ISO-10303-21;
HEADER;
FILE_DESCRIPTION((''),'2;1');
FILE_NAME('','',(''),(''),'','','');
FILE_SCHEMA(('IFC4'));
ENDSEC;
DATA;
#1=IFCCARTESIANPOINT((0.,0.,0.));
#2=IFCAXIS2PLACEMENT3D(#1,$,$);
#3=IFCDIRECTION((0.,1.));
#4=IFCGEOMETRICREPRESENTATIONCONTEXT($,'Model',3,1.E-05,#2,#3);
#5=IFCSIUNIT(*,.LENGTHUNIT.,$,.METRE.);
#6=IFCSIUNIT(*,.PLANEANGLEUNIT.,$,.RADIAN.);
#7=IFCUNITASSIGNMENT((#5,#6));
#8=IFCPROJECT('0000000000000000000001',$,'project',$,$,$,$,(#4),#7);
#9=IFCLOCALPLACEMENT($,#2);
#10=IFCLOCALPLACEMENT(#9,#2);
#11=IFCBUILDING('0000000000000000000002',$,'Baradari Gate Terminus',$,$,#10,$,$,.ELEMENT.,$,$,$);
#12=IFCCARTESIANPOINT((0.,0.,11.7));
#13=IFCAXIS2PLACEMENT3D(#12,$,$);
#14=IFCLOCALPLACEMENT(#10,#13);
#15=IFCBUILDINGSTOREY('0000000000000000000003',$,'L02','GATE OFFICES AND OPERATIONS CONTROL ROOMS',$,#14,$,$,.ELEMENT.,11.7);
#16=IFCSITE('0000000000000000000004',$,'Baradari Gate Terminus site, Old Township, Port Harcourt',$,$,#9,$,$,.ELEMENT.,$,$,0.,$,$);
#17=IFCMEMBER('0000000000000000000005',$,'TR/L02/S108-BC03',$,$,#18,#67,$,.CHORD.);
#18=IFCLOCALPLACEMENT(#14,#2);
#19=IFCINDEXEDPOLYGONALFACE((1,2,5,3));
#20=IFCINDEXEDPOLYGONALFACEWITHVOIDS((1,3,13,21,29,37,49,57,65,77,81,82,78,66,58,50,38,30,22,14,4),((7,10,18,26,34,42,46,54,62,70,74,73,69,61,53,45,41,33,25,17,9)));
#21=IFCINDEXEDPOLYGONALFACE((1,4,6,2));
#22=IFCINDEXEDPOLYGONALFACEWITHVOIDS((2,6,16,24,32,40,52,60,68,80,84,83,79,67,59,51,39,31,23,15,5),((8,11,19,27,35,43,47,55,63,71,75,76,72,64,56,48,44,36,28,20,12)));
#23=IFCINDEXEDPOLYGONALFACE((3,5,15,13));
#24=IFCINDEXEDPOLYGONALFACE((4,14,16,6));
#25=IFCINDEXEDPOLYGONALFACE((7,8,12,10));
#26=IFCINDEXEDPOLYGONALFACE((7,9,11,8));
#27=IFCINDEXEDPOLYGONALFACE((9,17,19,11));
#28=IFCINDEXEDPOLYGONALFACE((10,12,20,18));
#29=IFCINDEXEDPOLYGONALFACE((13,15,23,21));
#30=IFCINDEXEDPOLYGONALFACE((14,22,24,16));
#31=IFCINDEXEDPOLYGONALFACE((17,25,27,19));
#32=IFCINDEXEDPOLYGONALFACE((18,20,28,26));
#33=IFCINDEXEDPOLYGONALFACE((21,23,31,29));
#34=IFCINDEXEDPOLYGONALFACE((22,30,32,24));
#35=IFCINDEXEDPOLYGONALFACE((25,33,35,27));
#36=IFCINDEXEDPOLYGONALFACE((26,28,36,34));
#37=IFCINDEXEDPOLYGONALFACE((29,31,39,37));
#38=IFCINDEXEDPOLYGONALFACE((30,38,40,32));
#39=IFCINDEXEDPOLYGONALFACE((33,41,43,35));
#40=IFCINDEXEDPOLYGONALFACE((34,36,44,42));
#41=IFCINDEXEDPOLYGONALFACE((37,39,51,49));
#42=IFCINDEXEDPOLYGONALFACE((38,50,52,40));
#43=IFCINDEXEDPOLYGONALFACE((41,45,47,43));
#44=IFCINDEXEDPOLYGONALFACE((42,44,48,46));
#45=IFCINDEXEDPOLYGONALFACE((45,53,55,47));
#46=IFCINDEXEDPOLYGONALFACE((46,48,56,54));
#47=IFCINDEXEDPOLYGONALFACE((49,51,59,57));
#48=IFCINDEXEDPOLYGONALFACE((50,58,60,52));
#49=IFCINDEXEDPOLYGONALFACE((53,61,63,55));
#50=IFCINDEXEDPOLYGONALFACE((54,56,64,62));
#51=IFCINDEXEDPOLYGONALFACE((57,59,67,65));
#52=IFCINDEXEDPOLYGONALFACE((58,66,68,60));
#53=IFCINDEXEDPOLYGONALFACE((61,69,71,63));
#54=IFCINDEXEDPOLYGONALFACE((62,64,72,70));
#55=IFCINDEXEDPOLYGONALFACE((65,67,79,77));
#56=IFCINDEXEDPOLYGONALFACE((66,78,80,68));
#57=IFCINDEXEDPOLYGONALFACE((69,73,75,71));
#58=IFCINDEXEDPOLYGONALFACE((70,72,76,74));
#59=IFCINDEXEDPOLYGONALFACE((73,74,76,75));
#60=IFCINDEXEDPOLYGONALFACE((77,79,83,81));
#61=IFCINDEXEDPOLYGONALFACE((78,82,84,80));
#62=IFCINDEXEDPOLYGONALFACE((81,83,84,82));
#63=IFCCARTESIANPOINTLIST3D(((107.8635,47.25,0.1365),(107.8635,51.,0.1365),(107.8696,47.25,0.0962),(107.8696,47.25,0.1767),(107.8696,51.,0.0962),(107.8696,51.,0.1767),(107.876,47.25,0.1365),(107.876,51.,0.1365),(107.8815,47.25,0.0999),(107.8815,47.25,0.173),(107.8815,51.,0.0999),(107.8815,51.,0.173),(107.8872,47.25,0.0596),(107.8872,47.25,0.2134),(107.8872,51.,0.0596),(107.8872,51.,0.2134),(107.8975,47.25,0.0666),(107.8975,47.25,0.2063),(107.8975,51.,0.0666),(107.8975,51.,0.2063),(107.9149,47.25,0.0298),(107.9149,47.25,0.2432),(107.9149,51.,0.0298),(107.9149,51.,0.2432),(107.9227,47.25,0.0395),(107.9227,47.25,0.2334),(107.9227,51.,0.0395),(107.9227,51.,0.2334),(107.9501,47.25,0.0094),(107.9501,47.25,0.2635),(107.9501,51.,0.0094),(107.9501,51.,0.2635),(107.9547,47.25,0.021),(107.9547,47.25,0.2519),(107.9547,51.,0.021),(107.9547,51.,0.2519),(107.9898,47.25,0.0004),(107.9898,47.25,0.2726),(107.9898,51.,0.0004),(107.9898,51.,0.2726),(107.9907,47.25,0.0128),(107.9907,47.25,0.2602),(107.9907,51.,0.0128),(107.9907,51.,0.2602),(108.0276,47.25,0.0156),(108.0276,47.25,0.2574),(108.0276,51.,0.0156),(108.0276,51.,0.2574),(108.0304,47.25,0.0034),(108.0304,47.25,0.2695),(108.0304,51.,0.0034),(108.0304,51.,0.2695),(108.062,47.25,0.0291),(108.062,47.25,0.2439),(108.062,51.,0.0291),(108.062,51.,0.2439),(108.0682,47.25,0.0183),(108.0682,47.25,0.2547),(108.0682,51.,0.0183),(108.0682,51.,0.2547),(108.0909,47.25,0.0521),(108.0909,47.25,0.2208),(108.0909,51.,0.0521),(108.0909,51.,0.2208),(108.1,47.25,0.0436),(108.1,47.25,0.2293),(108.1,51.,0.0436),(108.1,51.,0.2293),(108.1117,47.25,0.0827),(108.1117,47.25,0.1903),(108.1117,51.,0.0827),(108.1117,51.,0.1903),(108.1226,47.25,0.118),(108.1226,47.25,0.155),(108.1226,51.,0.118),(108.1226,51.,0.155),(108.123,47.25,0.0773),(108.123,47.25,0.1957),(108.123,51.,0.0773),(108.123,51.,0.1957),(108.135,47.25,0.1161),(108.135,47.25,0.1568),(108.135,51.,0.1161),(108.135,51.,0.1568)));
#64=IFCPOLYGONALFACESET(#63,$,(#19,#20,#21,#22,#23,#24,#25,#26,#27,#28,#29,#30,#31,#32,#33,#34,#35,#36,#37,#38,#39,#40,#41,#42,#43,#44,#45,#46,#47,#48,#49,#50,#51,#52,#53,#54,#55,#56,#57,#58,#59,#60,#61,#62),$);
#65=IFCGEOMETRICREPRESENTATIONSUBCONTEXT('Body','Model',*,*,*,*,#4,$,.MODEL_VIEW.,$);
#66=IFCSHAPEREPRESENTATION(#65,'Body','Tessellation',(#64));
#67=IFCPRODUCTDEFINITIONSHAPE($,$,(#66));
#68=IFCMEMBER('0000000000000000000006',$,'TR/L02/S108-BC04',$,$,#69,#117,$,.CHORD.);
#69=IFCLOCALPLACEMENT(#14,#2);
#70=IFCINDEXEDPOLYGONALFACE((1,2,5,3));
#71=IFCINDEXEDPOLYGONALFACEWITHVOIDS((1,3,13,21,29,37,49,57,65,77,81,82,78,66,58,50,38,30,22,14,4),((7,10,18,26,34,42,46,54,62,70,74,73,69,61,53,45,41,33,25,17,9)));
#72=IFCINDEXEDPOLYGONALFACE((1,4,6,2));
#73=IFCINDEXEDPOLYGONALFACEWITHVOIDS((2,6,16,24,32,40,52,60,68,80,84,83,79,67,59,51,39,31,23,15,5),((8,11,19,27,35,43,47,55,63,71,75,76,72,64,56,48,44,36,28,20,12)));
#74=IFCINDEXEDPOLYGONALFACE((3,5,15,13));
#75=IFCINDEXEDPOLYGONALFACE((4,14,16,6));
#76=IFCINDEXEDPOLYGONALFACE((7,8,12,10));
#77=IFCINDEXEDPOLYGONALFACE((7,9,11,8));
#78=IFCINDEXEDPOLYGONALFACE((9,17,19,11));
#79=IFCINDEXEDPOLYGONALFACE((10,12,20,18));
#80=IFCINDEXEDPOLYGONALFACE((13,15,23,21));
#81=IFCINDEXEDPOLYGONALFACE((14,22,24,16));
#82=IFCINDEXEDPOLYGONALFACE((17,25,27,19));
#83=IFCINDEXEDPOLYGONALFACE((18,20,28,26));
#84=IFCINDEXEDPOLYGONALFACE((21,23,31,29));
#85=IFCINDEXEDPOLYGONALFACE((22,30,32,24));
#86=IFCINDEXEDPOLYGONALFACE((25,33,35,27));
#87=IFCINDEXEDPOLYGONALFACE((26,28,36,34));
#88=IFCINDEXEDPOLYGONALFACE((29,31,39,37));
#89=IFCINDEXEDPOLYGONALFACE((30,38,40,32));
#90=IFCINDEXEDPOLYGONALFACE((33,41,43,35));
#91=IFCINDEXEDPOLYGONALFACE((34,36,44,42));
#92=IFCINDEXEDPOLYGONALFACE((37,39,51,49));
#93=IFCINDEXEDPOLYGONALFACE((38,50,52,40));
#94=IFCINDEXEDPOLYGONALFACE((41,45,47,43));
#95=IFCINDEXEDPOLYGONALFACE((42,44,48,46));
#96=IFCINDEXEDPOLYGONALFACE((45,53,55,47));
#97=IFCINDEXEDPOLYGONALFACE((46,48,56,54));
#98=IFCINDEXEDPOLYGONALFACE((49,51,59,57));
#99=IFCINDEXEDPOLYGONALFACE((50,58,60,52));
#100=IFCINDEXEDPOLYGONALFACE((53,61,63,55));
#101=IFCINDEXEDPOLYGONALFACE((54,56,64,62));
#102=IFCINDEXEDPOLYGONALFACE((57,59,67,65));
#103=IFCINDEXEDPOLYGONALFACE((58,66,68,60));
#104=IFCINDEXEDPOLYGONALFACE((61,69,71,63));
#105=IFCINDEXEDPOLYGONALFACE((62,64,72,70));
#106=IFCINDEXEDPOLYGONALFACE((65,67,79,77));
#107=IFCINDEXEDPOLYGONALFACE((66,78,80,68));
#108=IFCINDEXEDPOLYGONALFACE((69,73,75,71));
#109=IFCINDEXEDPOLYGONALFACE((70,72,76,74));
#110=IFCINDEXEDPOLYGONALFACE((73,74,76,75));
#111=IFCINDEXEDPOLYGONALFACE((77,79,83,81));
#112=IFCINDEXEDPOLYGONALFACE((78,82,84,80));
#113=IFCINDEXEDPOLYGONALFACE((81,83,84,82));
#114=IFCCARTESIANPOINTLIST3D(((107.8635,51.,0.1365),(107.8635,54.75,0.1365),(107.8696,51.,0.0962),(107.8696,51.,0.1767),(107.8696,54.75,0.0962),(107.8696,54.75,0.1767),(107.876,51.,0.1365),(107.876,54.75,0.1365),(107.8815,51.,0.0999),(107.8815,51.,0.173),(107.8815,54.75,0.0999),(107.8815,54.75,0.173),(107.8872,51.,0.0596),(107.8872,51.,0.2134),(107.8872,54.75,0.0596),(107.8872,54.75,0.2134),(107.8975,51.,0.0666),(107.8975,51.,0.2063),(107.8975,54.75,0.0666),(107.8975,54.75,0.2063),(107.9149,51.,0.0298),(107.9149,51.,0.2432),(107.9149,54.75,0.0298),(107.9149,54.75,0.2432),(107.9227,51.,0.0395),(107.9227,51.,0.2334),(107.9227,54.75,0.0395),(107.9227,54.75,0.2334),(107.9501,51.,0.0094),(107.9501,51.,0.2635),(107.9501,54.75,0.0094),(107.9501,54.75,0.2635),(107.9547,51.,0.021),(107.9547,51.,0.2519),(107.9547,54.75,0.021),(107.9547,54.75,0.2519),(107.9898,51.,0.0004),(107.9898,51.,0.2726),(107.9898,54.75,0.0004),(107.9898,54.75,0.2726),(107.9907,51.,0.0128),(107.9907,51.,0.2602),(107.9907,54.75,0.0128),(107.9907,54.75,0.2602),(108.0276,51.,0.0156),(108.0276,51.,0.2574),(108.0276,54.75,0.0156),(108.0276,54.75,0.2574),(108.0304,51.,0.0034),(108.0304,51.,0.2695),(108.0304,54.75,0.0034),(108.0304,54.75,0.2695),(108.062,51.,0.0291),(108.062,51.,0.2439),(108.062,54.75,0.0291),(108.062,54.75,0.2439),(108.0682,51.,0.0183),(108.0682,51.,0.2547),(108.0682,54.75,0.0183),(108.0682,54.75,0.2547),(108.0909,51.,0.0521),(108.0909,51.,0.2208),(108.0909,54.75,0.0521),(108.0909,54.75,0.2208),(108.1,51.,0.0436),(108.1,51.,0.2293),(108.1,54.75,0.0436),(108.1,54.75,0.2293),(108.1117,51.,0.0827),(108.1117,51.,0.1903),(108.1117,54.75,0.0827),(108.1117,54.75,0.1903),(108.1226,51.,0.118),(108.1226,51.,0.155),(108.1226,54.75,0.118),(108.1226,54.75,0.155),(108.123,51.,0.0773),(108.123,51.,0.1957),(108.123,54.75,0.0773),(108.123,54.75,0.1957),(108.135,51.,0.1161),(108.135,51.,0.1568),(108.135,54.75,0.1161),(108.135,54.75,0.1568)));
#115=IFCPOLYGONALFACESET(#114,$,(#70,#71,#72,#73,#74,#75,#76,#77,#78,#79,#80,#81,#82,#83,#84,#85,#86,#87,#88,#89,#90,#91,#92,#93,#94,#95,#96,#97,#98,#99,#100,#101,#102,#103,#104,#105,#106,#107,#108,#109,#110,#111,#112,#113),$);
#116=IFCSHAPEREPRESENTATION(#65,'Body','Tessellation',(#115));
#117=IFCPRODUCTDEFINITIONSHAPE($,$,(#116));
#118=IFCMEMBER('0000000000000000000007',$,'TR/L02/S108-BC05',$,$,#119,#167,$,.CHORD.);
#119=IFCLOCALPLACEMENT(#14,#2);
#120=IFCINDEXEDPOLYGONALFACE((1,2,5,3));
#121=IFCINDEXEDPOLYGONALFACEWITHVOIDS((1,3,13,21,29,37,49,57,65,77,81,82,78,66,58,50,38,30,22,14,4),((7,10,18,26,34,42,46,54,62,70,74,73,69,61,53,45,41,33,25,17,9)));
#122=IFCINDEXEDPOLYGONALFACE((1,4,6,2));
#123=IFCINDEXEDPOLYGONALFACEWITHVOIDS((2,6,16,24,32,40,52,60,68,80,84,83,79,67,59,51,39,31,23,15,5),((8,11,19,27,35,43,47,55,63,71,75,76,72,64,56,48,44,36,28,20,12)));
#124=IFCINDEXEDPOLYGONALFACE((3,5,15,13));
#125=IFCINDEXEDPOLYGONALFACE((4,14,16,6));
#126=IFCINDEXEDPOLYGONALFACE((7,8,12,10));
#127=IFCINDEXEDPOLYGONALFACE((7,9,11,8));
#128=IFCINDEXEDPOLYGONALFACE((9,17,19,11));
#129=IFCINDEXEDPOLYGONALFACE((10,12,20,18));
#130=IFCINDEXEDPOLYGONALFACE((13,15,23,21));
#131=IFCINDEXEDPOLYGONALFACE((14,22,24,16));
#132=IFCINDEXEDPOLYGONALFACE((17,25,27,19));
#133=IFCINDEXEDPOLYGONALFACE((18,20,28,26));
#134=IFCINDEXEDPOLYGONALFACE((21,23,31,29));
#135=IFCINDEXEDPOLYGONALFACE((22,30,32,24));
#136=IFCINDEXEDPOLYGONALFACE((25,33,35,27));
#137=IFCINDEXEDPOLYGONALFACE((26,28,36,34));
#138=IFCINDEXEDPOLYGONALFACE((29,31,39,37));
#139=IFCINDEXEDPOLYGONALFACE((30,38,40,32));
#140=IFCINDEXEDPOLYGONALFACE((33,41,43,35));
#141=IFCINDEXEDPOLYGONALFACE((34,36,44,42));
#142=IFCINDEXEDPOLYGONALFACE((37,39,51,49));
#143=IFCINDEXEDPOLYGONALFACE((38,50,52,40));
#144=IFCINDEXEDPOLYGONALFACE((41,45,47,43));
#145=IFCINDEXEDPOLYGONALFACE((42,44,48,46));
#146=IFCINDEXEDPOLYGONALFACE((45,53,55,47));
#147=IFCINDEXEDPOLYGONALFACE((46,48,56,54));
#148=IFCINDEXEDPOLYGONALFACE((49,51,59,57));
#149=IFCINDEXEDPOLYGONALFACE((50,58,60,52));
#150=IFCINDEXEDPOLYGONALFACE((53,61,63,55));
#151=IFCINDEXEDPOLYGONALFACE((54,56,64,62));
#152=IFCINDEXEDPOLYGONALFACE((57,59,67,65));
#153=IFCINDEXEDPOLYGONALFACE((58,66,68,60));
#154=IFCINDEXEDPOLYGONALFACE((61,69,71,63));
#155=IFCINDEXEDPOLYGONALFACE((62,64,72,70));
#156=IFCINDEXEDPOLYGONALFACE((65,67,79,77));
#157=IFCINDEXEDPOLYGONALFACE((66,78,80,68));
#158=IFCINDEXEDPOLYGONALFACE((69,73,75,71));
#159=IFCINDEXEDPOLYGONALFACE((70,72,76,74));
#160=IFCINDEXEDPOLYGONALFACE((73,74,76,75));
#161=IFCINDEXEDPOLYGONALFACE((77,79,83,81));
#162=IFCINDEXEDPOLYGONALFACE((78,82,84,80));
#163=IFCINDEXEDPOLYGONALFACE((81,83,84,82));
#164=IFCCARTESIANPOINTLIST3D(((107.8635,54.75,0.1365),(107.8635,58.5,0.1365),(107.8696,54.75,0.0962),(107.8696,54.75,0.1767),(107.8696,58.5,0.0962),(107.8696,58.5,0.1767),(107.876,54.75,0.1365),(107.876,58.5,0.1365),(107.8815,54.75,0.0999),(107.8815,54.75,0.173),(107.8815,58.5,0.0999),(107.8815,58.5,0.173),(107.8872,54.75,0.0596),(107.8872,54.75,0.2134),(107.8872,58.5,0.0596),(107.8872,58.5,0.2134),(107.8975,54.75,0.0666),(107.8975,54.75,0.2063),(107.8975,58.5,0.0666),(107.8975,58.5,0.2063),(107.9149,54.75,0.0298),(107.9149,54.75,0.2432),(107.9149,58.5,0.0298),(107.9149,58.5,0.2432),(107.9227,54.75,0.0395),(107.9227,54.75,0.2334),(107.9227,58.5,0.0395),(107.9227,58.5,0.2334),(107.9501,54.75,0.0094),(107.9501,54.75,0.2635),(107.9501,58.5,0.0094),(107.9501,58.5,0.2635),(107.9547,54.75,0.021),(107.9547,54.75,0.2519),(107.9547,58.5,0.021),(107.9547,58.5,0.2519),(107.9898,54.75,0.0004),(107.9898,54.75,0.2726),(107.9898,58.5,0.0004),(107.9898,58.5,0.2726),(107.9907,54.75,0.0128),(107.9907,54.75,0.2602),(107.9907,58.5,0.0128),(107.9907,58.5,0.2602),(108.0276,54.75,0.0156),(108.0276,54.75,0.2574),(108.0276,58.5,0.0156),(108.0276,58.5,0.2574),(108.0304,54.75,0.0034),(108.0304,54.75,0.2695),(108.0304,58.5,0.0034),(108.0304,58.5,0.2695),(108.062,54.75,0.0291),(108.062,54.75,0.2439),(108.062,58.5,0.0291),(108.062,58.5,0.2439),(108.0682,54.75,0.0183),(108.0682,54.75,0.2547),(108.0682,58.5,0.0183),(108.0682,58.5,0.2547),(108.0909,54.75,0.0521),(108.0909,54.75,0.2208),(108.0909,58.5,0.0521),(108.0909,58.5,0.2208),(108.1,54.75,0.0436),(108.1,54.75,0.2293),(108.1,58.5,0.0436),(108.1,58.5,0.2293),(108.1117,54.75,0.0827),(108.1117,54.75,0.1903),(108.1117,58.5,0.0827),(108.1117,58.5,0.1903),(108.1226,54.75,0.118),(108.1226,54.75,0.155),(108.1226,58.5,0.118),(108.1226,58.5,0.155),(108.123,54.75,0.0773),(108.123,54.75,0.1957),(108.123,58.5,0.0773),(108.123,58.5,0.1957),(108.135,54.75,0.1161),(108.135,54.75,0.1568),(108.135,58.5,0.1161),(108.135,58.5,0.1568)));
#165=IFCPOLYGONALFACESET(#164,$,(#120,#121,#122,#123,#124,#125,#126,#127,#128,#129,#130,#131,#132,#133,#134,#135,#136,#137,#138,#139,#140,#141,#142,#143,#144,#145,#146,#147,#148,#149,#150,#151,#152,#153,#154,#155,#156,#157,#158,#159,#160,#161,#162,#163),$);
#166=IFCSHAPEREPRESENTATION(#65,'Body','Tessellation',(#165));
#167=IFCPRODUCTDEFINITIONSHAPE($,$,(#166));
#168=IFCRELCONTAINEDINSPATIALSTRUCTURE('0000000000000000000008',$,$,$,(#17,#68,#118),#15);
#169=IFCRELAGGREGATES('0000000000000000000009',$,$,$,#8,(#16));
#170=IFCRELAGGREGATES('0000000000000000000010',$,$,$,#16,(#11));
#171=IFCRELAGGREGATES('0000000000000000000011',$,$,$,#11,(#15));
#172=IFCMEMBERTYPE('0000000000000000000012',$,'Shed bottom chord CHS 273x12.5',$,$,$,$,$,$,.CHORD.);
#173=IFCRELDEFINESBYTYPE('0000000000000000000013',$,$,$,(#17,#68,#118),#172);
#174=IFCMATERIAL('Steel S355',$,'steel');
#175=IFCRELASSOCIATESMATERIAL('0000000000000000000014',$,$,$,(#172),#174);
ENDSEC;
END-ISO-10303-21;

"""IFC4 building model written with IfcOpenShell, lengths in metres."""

from ifc_helpers import new_model, si_unit, direction, frame, origin, origin_2d, place, context, subcontext, project, spatial, hollow_circle, extrude, material, material_profile, profile_set, type_object, element, save


model = new_model("IFC4")

# Units and contexts
model_context = context("Model", 3, precision=1e-05, world=origin(), true_north=direction((0.0, 1.0)))
body_context = subcontext(model_context, "Body", "Model", "MODEL_VIEW")
ifc_project = project(units=[si_unit("LENGTHUNIT", "METRE"), si_unit("PLANEANGLEUNIT", "RADIAN")], contexts=[model_context])

# Site, building, storey
site_placement = place(None, origin())
site = spatial("IfcSite", under=ifc_project, at=site_placement, Name="Baradari Gate Terminus site, Old Township, Port Harcourt", CompositionType="ELEMENT", RefElevation=0.0)
building_placement = place(site_placement, origin())
building = spatial("IfcBuilding", under=site, at=building_placement, Name="Baradari Gate Terminus", CompositionType="ELEMENT")
storey_placement = place(building_placement, frame((0.0, 0.0, 11.7)))
storey = spatial("IfcBuildingStorey", under=building, at=storey_placement, Name="L02", Description="GATE OFFICES AND OPERATIONS CONTROL ROOMS", CompositionType="ELEMENT", Elevation=11.7)

# Members
ifc_material_1 = material(Name="Steel S355", Category="steel")
ifc_material_profile_1 = material_profile(ifc_material_1, hollow_circle(Radius=0.1365, WallThickness=0.0125, at=origin_2d()), Name="CHS 273x12.5")
ifc_profile_set_1 = profile_set([ifc_material_profile_1], Name="Steel S355")
member_type_1 = type_object("IfcMemberType", Name="Shed bottom chord CHS 273x12.5", PredefinedType="CHORD", material=ifc_profile_set_1)
for number, where, z_axis, x_axis, name in (
    (1, (108.0, 47.25, 0.1365), (0.0, 1.0, 0.0), (-1.0, 0.0, 0.0), "TR/L02/S108-BC03"),
    (2, (108.0, 51.0, 0.1365), (0.0, 1.0, 0.0), (-1.0, 0.0, 0.0), "TR/L02/S108-BC04"),
    (3, (108.0, 54.75, 0.1365), (0.0, 1.0, 0.0), (-1.0, 0.0, 0.0), "TR/L02/S108-BC05"),
):
    element("IfcMember", number, at=place(storey_placement, frame(where, z_axis=z_axis, x_axis=x_axis)), inside=storey, type_object=member_type_1, Name=name, PredefinedType="CHORD", context=body_context, shape_type="SweptSolid", body=[
        extrude(hollow_circle(Radius=0.1365, WallThickness=0.0125, at=origin_2d()), origin(), (0.0, 0.0, 1.0), 3.75),
    ])

save(model, "model.ifc")
